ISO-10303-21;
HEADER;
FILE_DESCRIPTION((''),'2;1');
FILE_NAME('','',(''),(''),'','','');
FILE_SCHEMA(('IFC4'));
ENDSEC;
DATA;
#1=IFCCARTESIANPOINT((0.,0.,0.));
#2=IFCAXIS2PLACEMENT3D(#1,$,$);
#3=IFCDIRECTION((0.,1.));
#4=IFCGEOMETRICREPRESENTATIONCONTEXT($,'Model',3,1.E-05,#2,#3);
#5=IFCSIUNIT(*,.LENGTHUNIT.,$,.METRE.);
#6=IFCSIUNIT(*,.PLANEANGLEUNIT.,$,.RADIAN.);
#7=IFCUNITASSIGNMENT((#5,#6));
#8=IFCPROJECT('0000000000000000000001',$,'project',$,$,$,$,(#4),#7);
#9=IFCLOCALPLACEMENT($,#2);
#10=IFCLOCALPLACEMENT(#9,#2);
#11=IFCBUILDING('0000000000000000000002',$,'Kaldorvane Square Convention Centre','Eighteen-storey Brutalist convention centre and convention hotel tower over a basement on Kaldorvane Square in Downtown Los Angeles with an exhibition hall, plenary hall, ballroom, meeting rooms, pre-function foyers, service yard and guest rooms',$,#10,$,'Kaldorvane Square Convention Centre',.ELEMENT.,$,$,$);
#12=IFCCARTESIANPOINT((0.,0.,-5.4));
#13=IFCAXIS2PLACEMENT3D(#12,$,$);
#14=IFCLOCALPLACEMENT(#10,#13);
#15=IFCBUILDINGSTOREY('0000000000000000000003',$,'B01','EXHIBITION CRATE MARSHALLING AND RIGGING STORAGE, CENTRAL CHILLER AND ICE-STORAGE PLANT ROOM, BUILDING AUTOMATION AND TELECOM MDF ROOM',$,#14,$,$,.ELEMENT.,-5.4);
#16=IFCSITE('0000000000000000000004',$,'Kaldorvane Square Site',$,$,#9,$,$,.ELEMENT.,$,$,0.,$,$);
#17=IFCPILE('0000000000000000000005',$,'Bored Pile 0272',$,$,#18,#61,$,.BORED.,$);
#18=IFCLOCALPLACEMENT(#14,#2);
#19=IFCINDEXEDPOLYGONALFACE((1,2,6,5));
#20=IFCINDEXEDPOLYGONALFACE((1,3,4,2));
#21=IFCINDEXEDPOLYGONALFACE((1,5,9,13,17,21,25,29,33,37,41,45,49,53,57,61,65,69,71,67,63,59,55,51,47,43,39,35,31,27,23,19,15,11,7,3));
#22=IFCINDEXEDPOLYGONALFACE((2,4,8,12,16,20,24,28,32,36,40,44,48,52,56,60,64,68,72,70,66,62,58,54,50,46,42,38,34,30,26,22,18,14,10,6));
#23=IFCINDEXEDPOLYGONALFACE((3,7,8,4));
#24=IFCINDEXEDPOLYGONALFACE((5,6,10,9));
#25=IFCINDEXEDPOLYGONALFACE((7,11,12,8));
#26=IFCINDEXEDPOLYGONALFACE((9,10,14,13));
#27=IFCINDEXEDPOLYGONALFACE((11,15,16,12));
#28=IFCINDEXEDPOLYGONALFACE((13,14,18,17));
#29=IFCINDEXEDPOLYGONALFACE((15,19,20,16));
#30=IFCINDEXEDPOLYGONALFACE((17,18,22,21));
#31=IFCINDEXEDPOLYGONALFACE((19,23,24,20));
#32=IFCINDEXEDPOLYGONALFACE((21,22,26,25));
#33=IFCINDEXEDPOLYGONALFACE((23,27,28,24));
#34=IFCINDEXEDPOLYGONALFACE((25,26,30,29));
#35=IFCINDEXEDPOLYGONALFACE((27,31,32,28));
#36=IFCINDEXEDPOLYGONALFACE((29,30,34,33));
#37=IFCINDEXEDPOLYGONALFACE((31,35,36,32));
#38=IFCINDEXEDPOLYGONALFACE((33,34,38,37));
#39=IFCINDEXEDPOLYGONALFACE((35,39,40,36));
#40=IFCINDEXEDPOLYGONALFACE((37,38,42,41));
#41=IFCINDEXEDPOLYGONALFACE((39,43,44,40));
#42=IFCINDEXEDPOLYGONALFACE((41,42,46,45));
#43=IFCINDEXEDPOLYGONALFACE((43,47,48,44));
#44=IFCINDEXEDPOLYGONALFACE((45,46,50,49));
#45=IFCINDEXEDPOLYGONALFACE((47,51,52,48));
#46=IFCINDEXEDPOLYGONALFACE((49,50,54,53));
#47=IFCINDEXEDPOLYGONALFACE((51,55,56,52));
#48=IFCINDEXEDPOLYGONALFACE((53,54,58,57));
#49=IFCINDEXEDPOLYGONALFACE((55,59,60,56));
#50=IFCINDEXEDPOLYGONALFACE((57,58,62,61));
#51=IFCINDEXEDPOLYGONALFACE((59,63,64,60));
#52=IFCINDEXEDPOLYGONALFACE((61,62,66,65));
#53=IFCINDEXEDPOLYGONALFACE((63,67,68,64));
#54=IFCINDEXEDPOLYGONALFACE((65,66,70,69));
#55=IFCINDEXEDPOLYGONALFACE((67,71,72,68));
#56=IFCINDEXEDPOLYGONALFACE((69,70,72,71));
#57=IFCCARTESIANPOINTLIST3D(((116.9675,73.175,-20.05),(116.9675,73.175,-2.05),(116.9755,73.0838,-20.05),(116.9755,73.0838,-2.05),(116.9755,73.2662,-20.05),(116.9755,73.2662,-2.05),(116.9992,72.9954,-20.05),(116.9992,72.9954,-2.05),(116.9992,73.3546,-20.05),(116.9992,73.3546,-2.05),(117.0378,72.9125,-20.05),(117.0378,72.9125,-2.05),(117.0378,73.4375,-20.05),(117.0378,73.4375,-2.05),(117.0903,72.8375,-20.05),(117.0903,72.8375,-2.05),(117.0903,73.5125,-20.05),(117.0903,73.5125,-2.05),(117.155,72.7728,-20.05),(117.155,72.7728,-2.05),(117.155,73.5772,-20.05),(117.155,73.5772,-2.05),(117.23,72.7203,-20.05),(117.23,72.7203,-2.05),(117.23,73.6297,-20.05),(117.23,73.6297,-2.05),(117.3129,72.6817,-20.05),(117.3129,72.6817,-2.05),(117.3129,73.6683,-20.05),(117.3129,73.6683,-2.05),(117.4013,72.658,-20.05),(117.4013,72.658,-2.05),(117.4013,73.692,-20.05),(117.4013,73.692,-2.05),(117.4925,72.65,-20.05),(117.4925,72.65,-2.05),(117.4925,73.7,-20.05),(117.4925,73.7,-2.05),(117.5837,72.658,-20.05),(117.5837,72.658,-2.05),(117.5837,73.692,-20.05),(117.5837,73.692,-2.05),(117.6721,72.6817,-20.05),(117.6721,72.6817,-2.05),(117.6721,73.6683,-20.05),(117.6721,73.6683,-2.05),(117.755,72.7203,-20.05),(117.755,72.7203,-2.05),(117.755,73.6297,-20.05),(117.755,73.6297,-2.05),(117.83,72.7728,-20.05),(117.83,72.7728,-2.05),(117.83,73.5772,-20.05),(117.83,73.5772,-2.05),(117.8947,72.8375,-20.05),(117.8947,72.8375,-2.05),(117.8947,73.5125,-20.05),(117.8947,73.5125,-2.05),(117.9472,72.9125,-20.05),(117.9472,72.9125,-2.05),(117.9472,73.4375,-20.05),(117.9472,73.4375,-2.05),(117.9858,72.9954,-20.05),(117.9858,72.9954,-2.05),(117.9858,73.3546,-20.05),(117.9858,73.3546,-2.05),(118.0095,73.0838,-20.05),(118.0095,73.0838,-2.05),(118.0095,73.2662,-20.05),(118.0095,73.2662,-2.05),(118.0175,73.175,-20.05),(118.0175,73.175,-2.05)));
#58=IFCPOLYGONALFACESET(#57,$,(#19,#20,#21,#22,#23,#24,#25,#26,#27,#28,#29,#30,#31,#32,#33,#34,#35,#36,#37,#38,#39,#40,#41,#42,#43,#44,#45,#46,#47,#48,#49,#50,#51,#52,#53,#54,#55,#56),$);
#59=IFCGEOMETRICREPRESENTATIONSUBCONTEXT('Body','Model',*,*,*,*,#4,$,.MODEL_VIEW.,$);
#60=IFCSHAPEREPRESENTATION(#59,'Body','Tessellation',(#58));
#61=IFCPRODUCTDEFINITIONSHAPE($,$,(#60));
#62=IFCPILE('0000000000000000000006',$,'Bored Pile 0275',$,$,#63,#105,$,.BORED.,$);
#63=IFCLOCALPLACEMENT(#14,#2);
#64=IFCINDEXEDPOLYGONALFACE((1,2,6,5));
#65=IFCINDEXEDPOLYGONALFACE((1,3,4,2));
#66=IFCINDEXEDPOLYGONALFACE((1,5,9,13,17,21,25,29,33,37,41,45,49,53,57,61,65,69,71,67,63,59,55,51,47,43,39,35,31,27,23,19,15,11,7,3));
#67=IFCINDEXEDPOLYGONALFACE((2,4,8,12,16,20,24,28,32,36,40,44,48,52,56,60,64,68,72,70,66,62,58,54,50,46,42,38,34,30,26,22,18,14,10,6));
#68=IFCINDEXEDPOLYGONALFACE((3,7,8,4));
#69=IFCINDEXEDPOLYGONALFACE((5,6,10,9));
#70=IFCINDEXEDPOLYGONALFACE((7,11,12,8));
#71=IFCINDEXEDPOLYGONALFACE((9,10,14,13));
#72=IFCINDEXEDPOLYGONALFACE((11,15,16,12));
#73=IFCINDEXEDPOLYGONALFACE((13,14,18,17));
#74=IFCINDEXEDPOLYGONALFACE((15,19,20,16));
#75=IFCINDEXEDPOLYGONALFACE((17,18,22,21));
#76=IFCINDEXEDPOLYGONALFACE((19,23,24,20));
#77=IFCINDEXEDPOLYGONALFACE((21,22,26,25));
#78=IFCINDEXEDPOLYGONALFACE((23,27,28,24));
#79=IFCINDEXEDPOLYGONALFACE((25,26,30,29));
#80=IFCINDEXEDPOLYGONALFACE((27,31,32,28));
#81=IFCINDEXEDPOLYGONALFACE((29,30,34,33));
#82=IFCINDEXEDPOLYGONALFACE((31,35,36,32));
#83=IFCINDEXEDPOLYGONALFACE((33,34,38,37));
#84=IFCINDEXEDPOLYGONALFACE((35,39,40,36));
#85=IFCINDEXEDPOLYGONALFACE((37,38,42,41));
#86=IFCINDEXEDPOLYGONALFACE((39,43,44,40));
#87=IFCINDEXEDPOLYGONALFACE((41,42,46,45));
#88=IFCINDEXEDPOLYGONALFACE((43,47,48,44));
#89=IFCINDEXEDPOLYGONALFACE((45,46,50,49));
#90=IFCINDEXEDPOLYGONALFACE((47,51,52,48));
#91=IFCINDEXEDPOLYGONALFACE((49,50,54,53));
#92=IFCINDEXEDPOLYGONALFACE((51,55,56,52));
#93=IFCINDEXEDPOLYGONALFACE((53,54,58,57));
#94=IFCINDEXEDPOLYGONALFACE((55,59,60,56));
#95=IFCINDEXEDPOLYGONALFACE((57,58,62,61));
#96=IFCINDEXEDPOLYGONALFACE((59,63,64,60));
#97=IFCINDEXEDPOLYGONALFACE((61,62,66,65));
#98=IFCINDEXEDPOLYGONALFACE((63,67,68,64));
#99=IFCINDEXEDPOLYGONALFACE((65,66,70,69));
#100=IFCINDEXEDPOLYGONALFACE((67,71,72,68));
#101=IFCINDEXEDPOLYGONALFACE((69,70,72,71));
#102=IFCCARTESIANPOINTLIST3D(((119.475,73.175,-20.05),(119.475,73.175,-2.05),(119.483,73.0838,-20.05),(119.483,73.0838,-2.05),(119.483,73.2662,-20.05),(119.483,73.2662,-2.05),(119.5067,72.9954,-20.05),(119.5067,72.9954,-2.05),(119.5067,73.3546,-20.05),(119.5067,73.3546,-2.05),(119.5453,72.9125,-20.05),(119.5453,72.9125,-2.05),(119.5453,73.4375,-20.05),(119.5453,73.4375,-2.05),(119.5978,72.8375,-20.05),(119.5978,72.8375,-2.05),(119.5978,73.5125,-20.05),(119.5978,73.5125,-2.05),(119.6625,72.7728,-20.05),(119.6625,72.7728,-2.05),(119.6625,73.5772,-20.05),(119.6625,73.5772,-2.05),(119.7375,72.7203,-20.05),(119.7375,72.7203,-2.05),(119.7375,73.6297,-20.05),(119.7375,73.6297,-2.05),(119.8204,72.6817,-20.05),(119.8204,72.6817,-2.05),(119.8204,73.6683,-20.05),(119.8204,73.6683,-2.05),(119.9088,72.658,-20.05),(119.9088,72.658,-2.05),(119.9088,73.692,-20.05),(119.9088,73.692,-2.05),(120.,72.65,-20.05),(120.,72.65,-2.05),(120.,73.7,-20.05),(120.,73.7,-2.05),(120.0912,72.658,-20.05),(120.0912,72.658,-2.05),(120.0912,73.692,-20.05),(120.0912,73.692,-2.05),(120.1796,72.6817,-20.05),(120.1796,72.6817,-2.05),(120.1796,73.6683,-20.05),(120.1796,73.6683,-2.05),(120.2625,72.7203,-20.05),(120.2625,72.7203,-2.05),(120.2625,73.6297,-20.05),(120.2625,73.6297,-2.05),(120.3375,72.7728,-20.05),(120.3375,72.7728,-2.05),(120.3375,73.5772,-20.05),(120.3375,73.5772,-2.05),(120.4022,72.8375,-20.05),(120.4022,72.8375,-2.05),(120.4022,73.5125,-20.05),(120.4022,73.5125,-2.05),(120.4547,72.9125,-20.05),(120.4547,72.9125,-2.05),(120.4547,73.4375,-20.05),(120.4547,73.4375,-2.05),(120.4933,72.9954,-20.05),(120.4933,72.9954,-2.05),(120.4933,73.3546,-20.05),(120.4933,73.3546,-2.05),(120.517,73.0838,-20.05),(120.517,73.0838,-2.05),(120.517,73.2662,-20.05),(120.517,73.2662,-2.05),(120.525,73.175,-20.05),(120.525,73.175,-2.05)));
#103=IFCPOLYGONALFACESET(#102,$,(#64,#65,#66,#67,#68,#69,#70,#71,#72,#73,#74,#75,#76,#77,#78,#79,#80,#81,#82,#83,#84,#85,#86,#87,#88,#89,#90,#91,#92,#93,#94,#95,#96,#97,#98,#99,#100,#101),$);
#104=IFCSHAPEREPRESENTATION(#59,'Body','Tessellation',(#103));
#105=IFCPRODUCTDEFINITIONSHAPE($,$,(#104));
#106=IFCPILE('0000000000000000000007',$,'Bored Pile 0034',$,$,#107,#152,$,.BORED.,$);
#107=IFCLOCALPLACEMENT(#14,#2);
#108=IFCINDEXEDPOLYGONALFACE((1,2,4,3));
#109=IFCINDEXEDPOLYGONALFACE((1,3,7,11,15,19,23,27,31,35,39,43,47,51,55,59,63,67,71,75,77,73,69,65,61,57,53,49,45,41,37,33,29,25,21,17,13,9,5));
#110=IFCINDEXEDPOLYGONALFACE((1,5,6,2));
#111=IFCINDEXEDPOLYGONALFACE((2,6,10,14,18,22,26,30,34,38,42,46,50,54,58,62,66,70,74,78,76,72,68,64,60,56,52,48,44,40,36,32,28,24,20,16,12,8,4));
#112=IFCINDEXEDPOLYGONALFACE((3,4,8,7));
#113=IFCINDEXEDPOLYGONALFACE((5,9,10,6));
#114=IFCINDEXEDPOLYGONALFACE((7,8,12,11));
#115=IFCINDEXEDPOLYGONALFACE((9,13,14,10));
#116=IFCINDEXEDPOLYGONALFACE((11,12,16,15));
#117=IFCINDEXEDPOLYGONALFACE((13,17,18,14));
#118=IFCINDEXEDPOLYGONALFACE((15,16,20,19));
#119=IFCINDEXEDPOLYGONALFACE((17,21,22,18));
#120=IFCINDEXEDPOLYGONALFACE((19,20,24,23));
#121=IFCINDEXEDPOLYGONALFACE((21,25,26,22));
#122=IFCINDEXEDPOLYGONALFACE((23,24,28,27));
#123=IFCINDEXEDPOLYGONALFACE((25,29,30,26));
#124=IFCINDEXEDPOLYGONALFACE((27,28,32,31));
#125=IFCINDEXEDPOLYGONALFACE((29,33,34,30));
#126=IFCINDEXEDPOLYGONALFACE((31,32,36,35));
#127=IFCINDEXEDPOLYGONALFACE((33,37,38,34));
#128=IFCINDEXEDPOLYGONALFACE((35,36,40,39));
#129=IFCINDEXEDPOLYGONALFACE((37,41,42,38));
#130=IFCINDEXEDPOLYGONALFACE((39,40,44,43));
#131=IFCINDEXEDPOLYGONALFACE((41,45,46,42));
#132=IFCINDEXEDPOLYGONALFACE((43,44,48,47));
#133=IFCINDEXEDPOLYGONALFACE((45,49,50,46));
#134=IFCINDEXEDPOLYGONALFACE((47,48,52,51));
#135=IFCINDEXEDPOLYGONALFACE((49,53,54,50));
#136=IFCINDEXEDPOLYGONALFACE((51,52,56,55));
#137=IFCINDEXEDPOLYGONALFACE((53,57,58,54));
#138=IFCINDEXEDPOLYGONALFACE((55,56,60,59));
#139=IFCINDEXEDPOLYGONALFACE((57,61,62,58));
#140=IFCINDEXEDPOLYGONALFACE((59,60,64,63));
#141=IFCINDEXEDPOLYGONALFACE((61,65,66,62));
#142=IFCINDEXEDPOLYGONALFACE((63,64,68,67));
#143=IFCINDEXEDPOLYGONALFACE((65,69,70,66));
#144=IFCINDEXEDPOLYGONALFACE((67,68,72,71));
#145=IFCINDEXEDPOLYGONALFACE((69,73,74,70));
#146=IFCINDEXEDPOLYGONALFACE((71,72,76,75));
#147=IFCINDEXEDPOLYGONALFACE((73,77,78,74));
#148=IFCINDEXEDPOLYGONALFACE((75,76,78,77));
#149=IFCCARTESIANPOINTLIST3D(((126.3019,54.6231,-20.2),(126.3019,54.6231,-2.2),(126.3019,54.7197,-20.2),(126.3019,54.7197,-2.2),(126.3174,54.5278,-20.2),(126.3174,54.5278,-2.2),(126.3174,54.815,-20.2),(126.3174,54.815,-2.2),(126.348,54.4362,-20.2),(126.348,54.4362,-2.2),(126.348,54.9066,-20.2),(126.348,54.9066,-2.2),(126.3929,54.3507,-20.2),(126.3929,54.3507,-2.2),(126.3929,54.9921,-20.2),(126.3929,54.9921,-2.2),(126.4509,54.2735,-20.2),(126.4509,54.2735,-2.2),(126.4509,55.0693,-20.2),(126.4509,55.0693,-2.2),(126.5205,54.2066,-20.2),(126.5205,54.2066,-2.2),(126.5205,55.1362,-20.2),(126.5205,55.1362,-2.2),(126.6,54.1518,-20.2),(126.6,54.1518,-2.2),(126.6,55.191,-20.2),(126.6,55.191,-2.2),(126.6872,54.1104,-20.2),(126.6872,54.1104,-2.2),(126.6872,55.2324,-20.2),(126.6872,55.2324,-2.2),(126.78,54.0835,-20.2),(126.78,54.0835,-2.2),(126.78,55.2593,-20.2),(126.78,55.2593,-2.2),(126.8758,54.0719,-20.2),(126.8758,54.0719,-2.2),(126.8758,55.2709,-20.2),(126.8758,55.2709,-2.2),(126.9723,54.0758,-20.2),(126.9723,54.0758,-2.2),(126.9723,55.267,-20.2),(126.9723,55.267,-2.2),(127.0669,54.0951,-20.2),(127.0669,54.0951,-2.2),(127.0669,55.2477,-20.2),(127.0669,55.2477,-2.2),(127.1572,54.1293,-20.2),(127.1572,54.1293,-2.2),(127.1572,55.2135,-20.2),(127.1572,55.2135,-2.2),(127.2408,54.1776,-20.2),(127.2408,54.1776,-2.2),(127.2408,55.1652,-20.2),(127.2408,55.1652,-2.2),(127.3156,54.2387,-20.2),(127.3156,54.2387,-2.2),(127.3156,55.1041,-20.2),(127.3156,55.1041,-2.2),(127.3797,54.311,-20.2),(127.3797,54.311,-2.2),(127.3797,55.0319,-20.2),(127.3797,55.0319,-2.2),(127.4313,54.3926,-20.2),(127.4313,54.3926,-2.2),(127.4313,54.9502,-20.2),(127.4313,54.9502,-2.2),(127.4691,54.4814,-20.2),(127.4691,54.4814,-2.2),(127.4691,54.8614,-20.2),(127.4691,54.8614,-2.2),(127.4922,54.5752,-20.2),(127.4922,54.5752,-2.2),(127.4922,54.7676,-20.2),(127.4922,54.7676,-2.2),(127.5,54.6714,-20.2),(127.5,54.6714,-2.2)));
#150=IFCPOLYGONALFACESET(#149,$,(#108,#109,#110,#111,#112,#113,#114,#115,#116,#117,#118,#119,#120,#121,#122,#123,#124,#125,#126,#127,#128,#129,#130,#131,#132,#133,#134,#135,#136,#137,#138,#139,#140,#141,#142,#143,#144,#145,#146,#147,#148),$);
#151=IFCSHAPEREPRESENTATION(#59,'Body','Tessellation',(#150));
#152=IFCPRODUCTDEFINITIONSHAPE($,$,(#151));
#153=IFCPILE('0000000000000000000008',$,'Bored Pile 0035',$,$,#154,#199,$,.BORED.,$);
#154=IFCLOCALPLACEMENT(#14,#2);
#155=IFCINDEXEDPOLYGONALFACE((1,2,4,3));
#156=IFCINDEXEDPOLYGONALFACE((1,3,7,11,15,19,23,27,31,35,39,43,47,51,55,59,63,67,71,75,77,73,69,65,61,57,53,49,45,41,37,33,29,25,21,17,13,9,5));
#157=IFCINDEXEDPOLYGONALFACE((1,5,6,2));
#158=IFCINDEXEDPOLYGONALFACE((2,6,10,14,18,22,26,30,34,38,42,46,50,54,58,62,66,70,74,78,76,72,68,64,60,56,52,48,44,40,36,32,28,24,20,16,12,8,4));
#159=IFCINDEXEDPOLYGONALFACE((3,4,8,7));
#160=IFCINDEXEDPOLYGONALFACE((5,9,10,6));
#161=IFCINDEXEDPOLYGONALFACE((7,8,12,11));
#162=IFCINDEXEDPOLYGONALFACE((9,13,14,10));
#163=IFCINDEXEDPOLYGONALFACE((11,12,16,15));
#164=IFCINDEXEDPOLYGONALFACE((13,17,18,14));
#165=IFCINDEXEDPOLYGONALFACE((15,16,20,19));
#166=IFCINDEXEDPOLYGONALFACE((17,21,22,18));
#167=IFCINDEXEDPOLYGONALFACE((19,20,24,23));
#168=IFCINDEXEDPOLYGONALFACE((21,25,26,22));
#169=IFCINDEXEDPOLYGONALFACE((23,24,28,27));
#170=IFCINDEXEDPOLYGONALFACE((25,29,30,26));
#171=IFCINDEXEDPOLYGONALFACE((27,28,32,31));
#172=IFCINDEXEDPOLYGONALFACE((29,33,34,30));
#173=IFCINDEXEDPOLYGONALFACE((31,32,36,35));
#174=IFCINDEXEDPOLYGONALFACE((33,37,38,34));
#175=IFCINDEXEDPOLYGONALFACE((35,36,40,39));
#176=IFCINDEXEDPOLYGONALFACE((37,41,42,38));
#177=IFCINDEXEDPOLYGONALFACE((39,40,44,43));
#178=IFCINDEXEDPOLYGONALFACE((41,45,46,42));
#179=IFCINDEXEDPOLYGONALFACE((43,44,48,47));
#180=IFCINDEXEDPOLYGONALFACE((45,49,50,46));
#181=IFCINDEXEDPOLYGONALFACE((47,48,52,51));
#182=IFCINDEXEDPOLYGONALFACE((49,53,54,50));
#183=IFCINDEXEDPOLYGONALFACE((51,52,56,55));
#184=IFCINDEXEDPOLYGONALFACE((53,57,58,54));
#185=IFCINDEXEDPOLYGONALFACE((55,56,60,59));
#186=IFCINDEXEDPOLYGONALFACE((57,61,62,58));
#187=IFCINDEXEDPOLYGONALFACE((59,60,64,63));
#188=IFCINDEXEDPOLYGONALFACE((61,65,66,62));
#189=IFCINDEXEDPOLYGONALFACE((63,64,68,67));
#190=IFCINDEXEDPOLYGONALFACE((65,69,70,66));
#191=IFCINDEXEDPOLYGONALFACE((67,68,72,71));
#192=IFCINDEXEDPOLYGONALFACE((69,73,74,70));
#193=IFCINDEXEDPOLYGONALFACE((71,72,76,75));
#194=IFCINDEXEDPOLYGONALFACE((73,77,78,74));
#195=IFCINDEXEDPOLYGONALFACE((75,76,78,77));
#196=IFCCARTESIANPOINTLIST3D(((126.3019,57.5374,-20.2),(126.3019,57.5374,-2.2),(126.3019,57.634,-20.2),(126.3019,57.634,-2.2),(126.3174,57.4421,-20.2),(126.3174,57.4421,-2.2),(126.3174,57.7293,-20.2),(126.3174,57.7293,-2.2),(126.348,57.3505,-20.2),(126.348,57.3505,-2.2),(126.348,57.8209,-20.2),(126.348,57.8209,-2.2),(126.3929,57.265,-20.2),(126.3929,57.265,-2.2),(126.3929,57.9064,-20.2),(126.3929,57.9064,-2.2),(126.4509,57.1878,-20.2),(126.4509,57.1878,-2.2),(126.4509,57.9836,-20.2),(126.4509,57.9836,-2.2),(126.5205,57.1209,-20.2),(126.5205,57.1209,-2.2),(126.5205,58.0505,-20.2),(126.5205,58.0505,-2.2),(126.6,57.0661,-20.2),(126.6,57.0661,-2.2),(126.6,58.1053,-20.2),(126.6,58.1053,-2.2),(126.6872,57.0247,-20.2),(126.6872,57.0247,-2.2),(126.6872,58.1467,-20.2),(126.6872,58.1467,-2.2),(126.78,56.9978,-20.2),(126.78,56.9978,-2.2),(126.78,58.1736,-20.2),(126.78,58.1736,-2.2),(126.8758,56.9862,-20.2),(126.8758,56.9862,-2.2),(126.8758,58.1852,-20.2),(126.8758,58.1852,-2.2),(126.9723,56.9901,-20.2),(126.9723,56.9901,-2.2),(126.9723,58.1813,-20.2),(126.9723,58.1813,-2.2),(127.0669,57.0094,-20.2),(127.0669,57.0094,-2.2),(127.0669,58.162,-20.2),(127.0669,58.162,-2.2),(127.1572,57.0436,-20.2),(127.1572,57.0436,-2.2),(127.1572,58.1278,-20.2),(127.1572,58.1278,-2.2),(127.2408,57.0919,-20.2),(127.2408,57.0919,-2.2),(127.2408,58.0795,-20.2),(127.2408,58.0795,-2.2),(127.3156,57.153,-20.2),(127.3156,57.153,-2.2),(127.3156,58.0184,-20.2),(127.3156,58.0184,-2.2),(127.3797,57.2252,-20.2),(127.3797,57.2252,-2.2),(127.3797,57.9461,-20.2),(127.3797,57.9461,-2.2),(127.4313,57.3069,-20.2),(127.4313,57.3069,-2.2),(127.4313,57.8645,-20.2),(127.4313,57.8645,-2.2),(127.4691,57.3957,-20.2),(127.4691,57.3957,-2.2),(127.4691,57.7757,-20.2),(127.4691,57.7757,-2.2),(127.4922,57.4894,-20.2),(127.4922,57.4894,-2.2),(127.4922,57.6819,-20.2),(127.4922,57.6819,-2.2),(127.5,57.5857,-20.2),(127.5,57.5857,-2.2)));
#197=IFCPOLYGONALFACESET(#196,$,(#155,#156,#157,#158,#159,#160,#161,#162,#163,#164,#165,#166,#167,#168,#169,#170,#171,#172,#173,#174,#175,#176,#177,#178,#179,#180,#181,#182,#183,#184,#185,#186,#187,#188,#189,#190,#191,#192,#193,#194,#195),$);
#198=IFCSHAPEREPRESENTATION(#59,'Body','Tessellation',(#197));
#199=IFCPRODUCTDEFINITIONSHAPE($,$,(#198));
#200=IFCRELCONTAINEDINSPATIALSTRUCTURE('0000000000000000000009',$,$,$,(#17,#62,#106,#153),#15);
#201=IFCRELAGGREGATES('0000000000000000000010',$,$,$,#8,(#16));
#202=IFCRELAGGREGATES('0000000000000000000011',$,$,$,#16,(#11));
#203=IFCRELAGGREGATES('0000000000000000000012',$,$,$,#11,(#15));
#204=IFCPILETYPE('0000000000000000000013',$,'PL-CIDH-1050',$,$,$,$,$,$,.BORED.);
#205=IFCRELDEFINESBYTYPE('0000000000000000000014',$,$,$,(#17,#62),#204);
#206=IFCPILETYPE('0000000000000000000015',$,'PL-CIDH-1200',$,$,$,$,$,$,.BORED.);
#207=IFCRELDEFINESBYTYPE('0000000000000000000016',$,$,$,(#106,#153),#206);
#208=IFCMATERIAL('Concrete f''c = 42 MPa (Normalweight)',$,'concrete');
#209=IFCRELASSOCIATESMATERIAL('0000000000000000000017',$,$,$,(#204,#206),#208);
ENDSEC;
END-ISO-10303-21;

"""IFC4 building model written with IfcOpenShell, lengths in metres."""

from ifc_helpers import new_model, si_unit, direction, frame, origin, origin_2d, place, context, subcontext, project, spatial, circle, extrude, material, material_profile, profile_set, type_object, element, save


model = new_model("IFC4")

# Units and contexts
model_context = context("Model", 3, precision=1e-05, world=origin(), true_north=direction((0.0, 1.0)))
body_context = subcontext(model_context, "Body", "Model", "MODEL_VIEW")
ifc_project = project(units=[si_unit("LENGTHUNIT", "METRE"), si_unit("PLANEANGLEUNIT", "RADIAN")], contexts=[model_context])

# Site, building, storey
site_placement = place(None, origin())
site = spatial("IfcSite", under=ifc_project, at=site_placement, Name="Kaldorvane Square Site", CompositionType="ELEMENT", RefElevation=0.0)
building_placement = place(site_placement, origin())
building = spatial("IfcBuilding", under=site, at=building_placement, Name="Kaldorvane Square Convention Centre", Description="Eighteen-storey Brutalist convention centre and convention hotel tower over a basement on Kaldorvane Square in Downtown Los Angeles with an exhibition hall, plenary hall, ballroom, meeting rooms, pre-function foyers, service yard and guest rooms", LongName="Kaldorvane Square Convention Centre", CompositionType="ELEMENT")
storey_placement = place(building_placement, frame((0.0, 0.0, -5.4)))
storey = spatial("IfcBuildingStorey", under=building, at=storey_placement, Name="B01", Description="EXHIBITION CRATE MARSHALLING AND RIGGING STORAGE, CENTRAL CHILLER AND ICE-STORAGE PLANT ROOM, BUILDING AUTOMATION AND TELECOM MDF ROOM", CompositionType="ELEMENT", Elevation=-5.4)

# Shared definitions
ifc_material_1 = material(Name="Concrete f'c = 42 MPa (Normalweight)", Category="concrete")

# Piles
ifc_material_profile_1 = material_profile(ifc_material_1, circle(Radius=0.525, at=origin_2d()), Name="PILE-D1050")
ifc_profile_set_1 = profile_set([ifc_material_profile_1], Name="Concrete f'c = 42 MPa (Normalweight)")
pile_type_1 = type_object("IfcPileType", Name="PL-CIDH-1050", PredefinedType="BORED", material=ifc_profile_set_1)
for number, where, z_axis, x_axis, name in (
    (1, (117.4925, 73.175, -2.05), (0.0, 0.0, -1.0), (1.0, 0.0, 0.0), "Bored Pile 0272"),
    (2, (120.0, 73.175, -2.05), (0.0, 0.0, -1.0), (1.0, 0.0, 0.0), "Bored Pile 0275"),
):
    element("IfcPile", number, at=place(storey_placement, frame(where, z_axis=z_axis, x_axis=x_axis)), inside=storey, type_object=pile_type_1, Name=name, PredefinedType="BORED", context=body_context, shape_type="SweptSolid", body=[
        extrude(circle(Radius=0.525, at=origin_2d()), origin(), (0.0, 0.0, 1.0), 18.0),
    ])
ifc_material_profile_2 = material_profile(ifc_material_1, circle(Radius=0.6, at=origin_2d()), Name="PILE-D1200")
ifc_profile_set_2 = profile_set([ifc_material_profile_2], Name="Concrete f'c = 42 MPa (Normalweight)")
pile_type_2 = type_object("IfcPileType", Name="PL-CIDH-1200", PredefinedType="BORED", material=ifc_profile_set_2)
for number, where, z_axis, x_axis, name in (
    (3, (126.9, 54.6714, -2.2), (0.0, 0.0, -1.0), (1.0, 0.0, 0.0), "Bored Pile 0034"),
    (4, (126.9, 57.5857, -2.2), (0.0, 0.0, -1.0), (1.0, 0.0, 0.0), "Bored Pile 0035"),
):
    element("IfcPile", number, at=place(storey_placement, frame(where, z_axis=z_axis, x_axis=x_axis)), inside=storey, type_object=pile_type_2, Name=name, PredefinedType="BORED", context=body_context, shape_type="SweptSolid", body=[
        extrude(circle(Radius=0.6, at=origin_2d()), origin(), (0.0, 0.0, 1.0), 18.0),
    ])

save(model, "model.ifc")
